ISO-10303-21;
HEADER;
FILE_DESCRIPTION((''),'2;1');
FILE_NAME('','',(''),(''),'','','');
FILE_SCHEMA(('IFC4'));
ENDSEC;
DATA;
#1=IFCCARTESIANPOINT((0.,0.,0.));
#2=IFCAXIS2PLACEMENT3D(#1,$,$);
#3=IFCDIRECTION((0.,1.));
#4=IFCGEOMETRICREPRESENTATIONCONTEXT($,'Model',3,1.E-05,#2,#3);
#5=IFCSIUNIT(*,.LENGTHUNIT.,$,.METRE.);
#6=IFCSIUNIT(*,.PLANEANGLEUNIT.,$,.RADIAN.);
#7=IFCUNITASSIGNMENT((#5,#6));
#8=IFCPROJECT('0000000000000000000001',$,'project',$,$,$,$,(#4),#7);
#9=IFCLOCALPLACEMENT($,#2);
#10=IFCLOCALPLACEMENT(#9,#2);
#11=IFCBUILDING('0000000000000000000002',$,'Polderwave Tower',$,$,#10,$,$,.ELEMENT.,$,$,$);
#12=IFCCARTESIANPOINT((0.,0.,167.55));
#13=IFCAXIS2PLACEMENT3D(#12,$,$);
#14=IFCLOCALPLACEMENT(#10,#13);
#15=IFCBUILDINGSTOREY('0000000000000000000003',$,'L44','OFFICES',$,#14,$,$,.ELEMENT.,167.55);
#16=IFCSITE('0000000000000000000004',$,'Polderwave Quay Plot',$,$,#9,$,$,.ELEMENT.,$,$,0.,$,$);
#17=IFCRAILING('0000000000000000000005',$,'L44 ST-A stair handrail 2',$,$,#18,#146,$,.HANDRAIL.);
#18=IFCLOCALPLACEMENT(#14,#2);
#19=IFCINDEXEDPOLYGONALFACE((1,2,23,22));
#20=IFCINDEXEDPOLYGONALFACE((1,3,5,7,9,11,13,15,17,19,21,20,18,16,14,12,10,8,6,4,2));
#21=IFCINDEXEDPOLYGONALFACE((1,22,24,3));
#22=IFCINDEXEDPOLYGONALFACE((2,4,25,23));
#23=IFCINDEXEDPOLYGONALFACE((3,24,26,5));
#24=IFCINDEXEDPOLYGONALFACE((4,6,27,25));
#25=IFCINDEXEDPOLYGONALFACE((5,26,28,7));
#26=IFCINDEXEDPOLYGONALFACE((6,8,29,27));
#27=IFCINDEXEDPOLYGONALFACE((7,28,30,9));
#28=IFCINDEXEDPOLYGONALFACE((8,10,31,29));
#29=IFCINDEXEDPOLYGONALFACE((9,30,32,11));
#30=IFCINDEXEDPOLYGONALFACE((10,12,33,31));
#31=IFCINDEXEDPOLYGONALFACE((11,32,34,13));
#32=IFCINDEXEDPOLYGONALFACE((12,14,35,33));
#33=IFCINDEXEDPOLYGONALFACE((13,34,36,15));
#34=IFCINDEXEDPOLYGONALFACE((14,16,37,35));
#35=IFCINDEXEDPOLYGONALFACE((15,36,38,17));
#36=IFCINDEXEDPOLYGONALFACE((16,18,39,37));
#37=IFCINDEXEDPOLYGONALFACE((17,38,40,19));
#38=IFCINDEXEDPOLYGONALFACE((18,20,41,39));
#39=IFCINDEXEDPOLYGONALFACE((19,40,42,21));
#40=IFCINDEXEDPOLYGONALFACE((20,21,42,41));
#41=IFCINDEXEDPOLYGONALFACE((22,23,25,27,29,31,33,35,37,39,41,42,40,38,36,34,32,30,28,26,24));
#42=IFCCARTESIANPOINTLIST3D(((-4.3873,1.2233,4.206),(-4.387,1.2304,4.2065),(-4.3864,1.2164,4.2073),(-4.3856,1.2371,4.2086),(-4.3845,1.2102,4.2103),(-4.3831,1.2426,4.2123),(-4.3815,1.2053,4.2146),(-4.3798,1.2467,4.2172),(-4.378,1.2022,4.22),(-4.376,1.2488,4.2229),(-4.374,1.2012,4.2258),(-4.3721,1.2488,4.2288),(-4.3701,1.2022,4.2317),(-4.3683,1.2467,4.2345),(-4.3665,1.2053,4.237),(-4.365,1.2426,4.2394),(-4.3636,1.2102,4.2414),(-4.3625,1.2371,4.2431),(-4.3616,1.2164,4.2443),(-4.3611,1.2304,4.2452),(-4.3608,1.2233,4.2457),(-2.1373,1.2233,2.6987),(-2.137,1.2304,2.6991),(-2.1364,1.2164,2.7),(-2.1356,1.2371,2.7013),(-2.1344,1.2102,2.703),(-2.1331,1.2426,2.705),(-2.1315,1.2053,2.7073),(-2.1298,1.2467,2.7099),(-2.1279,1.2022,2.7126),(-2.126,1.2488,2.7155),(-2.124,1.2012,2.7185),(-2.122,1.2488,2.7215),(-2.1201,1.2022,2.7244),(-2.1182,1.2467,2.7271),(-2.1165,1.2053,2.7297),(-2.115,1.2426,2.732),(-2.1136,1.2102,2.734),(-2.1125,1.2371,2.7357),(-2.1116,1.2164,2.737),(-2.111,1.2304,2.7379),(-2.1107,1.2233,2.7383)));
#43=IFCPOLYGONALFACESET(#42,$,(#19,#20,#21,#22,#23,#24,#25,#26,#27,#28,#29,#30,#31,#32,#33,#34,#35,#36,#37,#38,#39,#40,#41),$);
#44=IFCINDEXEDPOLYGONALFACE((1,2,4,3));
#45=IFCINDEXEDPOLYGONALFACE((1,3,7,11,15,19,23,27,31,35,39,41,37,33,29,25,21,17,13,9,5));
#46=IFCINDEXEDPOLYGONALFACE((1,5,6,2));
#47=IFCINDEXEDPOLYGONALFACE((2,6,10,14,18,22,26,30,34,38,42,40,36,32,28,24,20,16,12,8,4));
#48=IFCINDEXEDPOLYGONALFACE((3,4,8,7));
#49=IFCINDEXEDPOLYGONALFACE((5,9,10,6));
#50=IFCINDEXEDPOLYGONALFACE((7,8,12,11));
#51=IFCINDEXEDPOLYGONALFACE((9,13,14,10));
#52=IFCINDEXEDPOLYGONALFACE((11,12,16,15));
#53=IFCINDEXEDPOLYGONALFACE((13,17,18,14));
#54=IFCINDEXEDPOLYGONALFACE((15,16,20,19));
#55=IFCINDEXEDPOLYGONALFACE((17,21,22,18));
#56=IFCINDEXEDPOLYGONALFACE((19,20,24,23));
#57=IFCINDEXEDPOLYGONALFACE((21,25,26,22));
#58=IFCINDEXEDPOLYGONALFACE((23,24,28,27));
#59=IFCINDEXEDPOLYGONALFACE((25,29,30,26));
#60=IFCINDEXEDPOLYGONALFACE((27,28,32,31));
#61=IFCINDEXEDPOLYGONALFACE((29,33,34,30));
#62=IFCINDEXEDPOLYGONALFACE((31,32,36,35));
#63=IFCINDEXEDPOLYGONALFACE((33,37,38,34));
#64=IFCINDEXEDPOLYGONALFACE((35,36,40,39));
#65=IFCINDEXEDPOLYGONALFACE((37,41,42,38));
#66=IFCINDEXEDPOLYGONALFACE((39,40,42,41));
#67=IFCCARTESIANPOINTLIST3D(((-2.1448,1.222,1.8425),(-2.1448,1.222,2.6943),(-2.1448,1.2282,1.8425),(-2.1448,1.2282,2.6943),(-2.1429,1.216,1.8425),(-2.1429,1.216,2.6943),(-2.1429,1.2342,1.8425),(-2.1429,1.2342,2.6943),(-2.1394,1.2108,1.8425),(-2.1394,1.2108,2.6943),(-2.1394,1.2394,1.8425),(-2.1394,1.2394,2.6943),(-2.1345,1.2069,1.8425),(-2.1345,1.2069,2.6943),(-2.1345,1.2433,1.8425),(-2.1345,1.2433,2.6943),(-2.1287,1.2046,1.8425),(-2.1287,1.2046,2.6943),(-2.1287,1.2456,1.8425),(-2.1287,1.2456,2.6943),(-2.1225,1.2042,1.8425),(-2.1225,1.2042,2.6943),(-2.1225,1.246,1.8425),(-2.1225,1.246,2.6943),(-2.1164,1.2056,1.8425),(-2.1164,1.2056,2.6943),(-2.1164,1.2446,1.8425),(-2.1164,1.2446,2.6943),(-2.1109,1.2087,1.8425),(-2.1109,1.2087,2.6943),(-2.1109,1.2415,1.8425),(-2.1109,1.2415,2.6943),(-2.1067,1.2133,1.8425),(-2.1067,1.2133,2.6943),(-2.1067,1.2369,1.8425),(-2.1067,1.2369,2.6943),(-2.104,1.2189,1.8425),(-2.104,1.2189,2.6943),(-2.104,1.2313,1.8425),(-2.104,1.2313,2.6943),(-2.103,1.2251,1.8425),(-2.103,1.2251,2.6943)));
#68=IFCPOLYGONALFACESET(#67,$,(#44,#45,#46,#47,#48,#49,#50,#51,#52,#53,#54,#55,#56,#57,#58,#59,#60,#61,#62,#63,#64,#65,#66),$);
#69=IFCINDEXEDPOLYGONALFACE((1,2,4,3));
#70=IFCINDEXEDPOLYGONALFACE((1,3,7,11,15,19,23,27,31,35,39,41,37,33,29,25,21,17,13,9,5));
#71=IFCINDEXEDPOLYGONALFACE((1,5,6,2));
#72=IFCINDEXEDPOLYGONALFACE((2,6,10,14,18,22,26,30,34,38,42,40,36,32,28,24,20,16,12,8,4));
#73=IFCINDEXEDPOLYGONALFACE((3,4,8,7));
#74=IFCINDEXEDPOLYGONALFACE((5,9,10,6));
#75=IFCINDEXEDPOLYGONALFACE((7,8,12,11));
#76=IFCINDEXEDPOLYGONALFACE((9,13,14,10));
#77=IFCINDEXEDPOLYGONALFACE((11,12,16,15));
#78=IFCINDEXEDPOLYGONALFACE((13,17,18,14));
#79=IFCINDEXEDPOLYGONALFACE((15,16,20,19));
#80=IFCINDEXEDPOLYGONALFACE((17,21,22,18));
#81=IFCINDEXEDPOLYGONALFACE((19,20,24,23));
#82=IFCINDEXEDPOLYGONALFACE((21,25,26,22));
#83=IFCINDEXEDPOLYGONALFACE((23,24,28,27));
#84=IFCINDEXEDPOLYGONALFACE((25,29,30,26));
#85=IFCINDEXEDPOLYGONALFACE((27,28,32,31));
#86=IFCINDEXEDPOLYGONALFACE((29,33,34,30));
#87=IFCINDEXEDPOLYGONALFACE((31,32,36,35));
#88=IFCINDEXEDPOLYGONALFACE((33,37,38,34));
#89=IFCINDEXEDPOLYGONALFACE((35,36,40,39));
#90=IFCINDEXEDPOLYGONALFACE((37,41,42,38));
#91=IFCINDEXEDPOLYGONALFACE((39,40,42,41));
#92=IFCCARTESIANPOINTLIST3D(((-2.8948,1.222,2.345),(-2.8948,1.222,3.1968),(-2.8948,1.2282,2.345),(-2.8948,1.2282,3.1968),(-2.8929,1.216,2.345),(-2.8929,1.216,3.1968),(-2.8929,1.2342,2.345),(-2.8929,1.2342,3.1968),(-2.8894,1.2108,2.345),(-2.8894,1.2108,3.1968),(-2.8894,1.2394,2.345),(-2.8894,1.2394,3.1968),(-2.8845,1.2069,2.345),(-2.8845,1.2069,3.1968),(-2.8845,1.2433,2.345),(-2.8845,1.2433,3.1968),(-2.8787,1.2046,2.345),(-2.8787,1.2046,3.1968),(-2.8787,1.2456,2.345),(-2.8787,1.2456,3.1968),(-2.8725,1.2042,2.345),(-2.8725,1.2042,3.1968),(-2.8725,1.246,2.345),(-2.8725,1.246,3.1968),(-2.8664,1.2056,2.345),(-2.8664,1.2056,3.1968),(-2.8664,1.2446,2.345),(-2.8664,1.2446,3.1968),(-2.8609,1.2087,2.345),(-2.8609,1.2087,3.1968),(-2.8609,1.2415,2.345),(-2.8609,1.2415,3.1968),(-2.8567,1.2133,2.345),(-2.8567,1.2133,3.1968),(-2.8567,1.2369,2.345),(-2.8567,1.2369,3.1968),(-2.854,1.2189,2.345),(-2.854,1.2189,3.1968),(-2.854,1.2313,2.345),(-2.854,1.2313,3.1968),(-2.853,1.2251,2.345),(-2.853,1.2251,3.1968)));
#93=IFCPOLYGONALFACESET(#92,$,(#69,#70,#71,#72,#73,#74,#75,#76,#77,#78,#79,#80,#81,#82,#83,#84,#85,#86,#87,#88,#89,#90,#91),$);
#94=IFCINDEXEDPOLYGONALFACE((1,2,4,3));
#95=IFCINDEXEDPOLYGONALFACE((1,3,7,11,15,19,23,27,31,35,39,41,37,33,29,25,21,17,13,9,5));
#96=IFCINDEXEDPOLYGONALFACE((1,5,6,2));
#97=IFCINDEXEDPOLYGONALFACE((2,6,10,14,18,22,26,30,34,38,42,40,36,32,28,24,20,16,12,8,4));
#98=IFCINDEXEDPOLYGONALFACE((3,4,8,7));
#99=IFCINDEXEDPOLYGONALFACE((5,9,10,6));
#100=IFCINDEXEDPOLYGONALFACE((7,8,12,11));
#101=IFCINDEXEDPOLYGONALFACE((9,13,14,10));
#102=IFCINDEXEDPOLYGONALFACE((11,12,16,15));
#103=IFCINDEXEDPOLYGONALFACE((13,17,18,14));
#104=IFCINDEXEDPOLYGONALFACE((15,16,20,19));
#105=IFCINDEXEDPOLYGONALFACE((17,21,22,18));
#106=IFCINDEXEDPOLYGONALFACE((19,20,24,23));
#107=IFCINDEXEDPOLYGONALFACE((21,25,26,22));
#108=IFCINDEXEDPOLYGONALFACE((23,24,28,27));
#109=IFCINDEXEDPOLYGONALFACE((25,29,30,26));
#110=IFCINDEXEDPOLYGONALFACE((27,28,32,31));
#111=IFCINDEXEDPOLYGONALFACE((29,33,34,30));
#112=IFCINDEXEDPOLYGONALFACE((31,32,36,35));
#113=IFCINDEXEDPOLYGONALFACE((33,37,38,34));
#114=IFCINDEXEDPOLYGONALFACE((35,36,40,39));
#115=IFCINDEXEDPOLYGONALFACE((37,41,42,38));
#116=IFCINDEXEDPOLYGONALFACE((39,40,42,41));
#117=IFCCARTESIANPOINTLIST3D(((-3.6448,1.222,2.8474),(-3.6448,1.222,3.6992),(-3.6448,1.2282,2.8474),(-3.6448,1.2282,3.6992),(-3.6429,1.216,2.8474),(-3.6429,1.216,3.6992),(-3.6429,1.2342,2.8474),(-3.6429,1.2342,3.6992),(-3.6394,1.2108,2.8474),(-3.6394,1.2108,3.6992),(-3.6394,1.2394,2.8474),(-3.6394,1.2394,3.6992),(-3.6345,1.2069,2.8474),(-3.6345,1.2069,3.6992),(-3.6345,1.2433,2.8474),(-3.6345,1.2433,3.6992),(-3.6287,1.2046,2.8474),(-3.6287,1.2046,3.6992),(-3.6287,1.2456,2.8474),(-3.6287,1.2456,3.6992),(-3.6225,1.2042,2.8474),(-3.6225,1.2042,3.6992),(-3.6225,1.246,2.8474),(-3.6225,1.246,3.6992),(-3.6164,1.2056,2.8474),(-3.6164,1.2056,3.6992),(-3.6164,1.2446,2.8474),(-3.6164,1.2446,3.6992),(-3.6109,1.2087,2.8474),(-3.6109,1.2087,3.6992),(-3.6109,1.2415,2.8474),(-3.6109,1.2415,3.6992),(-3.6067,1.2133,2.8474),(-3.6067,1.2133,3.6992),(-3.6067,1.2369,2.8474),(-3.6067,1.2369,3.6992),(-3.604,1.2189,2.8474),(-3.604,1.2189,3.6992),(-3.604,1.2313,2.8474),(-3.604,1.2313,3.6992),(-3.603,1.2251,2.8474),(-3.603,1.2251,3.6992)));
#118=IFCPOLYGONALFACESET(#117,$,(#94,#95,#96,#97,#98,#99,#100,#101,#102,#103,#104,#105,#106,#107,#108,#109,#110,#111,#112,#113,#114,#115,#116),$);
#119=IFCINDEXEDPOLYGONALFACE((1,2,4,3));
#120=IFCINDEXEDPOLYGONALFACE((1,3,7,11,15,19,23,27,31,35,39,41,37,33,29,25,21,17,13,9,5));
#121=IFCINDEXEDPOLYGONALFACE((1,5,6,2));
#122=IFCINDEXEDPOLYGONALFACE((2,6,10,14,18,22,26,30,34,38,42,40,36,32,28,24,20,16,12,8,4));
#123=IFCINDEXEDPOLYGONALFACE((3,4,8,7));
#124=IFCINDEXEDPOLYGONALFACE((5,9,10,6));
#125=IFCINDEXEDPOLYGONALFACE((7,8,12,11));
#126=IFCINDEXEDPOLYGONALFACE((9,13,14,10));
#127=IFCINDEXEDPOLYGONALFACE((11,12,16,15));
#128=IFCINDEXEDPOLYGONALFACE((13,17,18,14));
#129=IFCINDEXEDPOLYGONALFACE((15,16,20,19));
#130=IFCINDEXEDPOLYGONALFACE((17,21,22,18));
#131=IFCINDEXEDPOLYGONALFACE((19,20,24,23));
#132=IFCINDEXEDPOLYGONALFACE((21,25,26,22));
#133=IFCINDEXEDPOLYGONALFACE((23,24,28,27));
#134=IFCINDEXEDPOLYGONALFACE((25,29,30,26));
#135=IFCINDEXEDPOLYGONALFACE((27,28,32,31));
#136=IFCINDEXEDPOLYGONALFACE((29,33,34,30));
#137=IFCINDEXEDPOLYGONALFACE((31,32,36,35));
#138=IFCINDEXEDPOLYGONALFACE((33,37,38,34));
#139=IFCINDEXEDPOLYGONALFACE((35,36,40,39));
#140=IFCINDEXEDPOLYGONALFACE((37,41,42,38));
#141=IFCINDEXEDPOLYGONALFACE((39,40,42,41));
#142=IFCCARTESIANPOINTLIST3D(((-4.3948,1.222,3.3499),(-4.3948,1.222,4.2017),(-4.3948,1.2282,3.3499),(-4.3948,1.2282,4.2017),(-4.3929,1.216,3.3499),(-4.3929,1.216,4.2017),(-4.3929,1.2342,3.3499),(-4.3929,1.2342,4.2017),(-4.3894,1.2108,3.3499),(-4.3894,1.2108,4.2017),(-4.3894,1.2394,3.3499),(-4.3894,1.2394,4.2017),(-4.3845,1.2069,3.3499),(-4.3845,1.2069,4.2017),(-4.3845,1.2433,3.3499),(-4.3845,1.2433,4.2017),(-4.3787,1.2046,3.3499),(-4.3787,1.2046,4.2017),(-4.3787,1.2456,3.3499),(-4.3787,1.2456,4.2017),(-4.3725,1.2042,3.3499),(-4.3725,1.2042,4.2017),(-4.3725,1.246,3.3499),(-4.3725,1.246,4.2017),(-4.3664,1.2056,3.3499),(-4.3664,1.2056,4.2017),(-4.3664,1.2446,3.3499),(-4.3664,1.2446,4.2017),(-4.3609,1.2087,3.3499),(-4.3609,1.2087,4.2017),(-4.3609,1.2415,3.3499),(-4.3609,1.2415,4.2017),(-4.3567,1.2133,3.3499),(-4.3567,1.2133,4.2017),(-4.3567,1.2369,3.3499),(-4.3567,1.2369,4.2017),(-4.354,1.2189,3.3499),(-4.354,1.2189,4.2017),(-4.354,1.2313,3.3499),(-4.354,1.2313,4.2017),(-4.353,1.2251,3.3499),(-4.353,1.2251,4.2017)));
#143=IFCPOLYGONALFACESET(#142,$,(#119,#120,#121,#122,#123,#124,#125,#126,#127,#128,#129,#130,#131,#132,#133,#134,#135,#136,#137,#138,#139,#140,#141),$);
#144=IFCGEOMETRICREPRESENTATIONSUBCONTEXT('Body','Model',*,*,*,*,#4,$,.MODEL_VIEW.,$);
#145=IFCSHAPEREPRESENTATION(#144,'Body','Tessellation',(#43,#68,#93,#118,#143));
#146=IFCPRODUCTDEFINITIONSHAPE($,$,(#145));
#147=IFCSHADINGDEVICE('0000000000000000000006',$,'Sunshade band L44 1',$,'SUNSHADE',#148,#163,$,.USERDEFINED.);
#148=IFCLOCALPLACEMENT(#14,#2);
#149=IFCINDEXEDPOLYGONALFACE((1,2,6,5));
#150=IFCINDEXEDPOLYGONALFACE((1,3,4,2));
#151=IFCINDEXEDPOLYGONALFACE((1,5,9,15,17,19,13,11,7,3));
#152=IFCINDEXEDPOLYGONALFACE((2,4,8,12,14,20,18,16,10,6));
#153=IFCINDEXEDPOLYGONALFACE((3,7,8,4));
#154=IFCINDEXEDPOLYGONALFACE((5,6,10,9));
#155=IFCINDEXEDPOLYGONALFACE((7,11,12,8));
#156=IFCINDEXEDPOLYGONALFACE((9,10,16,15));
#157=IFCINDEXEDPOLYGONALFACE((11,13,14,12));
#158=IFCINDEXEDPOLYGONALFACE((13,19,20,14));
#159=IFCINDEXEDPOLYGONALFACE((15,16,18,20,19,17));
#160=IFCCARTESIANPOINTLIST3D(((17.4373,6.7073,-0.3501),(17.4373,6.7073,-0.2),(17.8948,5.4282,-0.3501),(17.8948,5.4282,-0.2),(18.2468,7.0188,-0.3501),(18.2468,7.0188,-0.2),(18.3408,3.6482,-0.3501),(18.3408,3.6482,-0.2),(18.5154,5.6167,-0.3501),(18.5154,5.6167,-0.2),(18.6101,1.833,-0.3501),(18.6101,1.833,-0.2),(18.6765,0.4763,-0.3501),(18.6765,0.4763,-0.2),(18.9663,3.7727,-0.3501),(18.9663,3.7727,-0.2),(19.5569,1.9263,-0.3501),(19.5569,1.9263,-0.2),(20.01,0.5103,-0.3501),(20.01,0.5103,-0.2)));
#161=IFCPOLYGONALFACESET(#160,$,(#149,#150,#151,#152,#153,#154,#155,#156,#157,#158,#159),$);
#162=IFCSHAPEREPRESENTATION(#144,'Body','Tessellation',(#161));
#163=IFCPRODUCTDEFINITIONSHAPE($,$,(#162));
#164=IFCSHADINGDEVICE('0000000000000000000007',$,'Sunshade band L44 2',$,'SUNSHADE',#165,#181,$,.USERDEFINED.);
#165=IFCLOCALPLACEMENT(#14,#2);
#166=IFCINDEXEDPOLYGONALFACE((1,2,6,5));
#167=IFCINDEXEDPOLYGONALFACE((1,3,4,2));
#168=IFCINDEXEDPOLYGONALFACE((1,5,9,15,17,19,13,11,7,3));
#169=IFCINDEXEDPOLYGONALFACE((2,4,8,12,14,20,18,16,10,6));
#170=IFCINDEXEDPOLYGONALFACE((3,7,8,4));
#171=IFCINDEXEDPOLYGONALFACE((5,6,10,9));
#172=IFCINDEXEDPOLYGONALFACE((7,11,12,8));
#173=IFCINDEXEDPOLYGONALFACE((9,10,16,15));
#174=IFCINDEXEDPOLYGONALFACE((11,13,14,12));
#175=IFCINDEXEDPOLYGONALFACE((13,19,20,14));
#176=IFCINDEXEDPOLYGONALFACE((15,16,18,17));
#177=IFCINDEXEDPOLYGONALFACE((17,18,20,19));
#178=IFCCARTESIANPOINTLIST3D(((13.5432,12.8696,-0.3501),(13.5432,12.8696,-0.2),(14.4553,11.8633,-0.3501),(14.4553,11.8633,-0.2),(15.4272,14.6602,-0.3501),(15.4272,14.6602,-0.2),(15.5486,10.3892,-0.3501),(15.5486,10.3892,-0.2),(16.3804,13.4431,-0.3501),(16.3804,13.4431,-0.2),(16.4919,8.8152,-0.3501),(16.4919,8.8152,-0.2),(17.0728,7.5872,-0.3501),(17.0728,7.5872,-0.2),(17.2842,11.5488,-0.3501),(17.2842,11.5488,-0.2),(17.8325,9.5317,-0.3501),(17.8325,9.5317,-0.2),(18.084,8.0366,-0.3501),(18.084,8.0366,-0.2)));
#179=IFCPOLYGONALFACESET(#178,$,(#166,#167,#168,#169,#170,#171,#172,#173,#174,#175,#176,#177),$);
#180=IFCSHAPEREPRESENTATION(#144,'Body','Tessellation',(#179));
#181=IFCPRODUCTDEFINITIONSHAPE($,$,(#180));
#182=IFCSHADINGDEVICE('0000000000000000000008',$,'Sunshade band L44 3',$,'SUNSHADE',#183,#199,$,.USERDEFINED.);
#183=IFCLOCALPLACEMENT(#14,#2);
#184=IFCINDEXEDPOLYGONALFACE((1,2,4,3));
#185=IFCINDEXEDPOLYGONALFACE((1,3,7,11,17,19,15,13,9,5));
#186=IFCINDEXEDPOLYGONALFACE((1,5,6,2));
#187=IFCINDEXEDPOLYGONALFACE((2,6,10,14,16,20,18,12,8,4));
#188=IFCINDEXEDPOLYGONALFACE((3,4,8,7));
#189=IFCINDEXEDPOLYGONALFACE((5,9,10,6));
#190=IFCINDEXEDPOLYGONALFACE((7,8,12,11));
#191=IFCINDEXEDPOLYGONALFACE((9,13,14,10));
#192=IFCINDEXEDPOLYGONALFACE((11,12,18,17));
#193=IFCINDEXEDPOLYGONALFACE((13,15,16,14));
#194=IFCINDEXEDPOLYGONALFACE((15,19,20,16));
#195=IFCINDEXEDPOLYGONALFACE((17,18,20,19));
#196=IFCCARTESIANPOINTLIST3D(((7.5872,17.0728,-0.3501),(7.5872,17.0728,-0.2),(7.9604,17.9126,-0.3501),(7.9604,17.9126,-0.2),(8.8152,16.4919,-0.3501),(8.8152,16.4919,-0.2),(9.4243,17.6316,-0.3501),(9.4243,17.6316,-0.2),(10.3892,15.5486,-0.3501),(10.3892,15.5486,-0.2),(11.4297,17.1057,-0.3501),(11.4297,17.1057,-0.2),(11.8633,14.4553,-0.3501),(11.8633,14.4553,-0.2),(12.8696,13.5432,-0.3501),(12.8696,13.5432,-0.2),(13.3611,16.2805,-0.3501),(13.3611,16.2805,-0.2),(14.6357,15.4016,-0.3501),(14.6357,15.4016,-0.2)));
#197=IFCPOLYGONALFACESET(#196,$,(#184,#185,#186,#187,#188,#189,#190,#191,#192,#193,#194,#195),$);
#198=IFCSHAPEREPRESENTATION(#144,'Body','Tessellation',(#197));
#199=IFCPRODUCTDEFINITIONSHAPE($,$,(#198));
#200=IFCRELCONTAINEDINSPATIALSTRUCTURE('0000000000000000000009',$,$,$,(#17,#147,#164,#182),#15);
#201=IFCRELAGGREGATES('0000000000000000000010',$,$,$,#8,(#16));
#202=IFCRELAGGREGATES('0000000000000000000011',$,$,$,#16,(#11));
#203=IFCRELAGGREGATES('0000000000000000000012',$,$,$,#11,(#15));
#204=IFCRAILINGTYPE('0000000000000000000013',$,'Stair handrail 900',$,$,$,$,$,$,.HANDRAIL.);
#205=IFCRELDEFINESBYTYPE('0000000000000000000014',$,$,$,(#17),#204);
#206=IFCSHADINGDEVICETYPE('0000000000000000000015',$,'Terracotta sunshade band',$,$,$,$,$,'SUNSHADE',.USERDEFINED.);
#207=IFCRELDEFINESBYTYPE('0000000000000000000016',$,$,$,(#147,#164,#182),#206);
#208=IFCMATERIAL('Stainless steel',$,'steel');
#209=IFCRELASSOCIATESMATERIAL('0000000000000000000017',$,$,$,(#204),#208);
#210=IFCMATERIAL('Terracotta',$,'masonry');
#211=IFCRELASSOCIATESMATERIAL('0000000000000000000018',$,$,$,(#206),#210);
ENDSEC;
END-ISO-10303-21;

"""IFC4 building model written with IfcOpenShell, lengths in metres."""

from ifc_helpers import new_model, si_unit, direction, frame, origin, origin_2d, place, context, subcontext, project, spatial, polyline, circle, outline, extrude, material, type_object, element, save


model = new_model("IFC4")

# Units and contexts
model_context = context("Model", 3, precision=1e-05, world=origin(), true_north=direction((0.0, 1.0)))
body_context = subcontext(model_context, "Body", "Model", "MODEL_VIEW")
ifc_project = project(units=[si_unit("LENGTHUNIT", "METRE"), si_unit("PLANEANGLEUNIT", "RADIAN")], contexts=[model_context])

# Site, building, storey
site_placement = place(None, origin())
site = spatial("IfcSite", under=ifc_project, at=site_placement, Name="Polderwave Quay Plot", CompositionType="ELEMENT", RefElevation=0.0)
building_placement = place(site_placement, origin())
building = spatial("IfcBuilding", under=site, at=building_placement, Name="Polderwave Tower", CompositionType="ELEMENT")
storey_placement = place(building_placement, frame((0.0, 0.0, 167.55)))
storey = spatial("IfcBuildingStorey", under=building, at=storey_placement, Name="L44", Description="OFFICES", CompositionType="ELEMENT", Elevation=167.55)

# Shared definitions
ifc_material_1 = material(Name="Stainless steel", Category="steel")

# Railing
railing_type_1 = type_object("IfcRailingType", Name="Stair handrail 900", PredefinedType="HANDRAIL", material=ifc_material_1)
railing_1_placement = place(storey_placement, frame((-2.124, 1.2251, 1.8425)))
element("IfcRailing", 1, at=railing_1_placement, inside=storey, type_object=railing_type_1, Name="L44 ST-A stair handrail 2", PredefinedType="HANDRAIL", context=body_context, shape_type="SweptSolid", body=[
    extrude(circle(Radius=0.0239, at=origin_2d()), frame((0.0, 0.0, 0.876), z_axis=(-0.8308, 0.0, 0.556571), x_axis=(0.0, -1.0, 0.0)), (0.0, 0.0, 1.0), 2.7083),
    extrude(circle(Radius=0.021, at=origin_2d()), origin(), (0.0, 0.0, 1.0), 0.8518),
    extrude(circle(Radius=0.021, at=origin_2d()), frame((-0.75, 0.0, 0.5024)), (0.0, 0.0, 1.0), 0.8518),
    extrude(circle(Radius=0.021, at=origin_2d()), frame((-1.5, 0.0, 1.0049)), (0.0, 0.0, 1.0), 0.8518),
    extrude(circle(Radius=0.021, at=origin_2d()), frame((-2.25, 0.0, 1.5073)), (0.0, 0.0, 1.0), 0.8518),
])

# Shading devices
ifc_material_2 = material(Name="Terracotta", Category="masonry")
shading_device_type = type_object("IfcShadingDeviceType", Name="Terracotta sunshade band", ElementType="SUNSHADE", PredefinedType="USERDEFINED", material=ifc_material_2)
shading_device_1_placement = place(storey_placement, frame((0.0, 0.0, -0.3501)))
element("IfcShadingDevice", 2, at=shading_device_1_placement, inside=storey, type_object=shading_device_type, Name="Sunshade band L44 1", ObjectType="SUNSHADE", PredefinedType="USERDEFINED", context=body_context, shape_type="SweptSolid", body=[
    extrude(outline(polyline([(18.6765, 0.4763), (18.6101, 1.833), (18.3408, 3.6482), (17.8948, 5.4282), (17.4373, 6.7073), (18.2468, 7.0188), (18.5154, 5.6167), (18.9663, 3.7727), (19.5569, 1.9263), (20.01, 0.5103), (18.6765, 0.4763)])), origin(), (0.0, 0.0, 1.0), 0.1501),
])
shading_device_2_placement = place(storey_placement, frame((0.0, 0.0, -0.3501)))
element("IfcShadingDevice", 3, at=shading_device_2_placement, inside=storey, type_object=shading_device_type, Name="Sunshade band L44 2", ObjectType="SUNSHADE", PredefinedType="USERDEFINED", context=body_context, shape_type="SweptSolid", body=[
    extrude(outline(polyline([(17.0728, 7.5872), (16.4919, 8.8152), (15.5486, 10.3892), (14.4553, 11.8633), (13.5432, 12.8696), (15.4272, 14.6602), (16.3804, 13.4431), (17.2842, 11.5488), (17.8325, 9.5317), (18.084, 8.0366), (17.0728, 7.5872)])), origin(), (0.0, 0.0, 1.0), 0.1501),
])
shading_device_3_placement = place(storey_placement, frame((0.0, 0.0, -0.3501)))
element("IfcShadingDevice", 4, at=shading_device_3_placement, inside=storey, type_object=shading_device_type, Name="Sunshade band L44 3", ObjectType="SUNSHADE", PredefinedType="USERDEFINED", context=body_context, shape_type="SweptSolid", body=[
    extrude(outline(polyline([(12.8696, 13.5432), (11.8633, 14.4553), (10.3892, 15.5486), (8.8152, 16.4919), (7.5872, 17.0728), (7.9604, 17.9126), (9.4243, 17.6316), (11.4297, 17.1057), (13.3611, 16.2805), (14.6357, 15.4016), (12.8696, 13.5432)])), origin(), (0.0, 0.0, 1.0), 0.1501),
])

save(model, "model.ifc")
